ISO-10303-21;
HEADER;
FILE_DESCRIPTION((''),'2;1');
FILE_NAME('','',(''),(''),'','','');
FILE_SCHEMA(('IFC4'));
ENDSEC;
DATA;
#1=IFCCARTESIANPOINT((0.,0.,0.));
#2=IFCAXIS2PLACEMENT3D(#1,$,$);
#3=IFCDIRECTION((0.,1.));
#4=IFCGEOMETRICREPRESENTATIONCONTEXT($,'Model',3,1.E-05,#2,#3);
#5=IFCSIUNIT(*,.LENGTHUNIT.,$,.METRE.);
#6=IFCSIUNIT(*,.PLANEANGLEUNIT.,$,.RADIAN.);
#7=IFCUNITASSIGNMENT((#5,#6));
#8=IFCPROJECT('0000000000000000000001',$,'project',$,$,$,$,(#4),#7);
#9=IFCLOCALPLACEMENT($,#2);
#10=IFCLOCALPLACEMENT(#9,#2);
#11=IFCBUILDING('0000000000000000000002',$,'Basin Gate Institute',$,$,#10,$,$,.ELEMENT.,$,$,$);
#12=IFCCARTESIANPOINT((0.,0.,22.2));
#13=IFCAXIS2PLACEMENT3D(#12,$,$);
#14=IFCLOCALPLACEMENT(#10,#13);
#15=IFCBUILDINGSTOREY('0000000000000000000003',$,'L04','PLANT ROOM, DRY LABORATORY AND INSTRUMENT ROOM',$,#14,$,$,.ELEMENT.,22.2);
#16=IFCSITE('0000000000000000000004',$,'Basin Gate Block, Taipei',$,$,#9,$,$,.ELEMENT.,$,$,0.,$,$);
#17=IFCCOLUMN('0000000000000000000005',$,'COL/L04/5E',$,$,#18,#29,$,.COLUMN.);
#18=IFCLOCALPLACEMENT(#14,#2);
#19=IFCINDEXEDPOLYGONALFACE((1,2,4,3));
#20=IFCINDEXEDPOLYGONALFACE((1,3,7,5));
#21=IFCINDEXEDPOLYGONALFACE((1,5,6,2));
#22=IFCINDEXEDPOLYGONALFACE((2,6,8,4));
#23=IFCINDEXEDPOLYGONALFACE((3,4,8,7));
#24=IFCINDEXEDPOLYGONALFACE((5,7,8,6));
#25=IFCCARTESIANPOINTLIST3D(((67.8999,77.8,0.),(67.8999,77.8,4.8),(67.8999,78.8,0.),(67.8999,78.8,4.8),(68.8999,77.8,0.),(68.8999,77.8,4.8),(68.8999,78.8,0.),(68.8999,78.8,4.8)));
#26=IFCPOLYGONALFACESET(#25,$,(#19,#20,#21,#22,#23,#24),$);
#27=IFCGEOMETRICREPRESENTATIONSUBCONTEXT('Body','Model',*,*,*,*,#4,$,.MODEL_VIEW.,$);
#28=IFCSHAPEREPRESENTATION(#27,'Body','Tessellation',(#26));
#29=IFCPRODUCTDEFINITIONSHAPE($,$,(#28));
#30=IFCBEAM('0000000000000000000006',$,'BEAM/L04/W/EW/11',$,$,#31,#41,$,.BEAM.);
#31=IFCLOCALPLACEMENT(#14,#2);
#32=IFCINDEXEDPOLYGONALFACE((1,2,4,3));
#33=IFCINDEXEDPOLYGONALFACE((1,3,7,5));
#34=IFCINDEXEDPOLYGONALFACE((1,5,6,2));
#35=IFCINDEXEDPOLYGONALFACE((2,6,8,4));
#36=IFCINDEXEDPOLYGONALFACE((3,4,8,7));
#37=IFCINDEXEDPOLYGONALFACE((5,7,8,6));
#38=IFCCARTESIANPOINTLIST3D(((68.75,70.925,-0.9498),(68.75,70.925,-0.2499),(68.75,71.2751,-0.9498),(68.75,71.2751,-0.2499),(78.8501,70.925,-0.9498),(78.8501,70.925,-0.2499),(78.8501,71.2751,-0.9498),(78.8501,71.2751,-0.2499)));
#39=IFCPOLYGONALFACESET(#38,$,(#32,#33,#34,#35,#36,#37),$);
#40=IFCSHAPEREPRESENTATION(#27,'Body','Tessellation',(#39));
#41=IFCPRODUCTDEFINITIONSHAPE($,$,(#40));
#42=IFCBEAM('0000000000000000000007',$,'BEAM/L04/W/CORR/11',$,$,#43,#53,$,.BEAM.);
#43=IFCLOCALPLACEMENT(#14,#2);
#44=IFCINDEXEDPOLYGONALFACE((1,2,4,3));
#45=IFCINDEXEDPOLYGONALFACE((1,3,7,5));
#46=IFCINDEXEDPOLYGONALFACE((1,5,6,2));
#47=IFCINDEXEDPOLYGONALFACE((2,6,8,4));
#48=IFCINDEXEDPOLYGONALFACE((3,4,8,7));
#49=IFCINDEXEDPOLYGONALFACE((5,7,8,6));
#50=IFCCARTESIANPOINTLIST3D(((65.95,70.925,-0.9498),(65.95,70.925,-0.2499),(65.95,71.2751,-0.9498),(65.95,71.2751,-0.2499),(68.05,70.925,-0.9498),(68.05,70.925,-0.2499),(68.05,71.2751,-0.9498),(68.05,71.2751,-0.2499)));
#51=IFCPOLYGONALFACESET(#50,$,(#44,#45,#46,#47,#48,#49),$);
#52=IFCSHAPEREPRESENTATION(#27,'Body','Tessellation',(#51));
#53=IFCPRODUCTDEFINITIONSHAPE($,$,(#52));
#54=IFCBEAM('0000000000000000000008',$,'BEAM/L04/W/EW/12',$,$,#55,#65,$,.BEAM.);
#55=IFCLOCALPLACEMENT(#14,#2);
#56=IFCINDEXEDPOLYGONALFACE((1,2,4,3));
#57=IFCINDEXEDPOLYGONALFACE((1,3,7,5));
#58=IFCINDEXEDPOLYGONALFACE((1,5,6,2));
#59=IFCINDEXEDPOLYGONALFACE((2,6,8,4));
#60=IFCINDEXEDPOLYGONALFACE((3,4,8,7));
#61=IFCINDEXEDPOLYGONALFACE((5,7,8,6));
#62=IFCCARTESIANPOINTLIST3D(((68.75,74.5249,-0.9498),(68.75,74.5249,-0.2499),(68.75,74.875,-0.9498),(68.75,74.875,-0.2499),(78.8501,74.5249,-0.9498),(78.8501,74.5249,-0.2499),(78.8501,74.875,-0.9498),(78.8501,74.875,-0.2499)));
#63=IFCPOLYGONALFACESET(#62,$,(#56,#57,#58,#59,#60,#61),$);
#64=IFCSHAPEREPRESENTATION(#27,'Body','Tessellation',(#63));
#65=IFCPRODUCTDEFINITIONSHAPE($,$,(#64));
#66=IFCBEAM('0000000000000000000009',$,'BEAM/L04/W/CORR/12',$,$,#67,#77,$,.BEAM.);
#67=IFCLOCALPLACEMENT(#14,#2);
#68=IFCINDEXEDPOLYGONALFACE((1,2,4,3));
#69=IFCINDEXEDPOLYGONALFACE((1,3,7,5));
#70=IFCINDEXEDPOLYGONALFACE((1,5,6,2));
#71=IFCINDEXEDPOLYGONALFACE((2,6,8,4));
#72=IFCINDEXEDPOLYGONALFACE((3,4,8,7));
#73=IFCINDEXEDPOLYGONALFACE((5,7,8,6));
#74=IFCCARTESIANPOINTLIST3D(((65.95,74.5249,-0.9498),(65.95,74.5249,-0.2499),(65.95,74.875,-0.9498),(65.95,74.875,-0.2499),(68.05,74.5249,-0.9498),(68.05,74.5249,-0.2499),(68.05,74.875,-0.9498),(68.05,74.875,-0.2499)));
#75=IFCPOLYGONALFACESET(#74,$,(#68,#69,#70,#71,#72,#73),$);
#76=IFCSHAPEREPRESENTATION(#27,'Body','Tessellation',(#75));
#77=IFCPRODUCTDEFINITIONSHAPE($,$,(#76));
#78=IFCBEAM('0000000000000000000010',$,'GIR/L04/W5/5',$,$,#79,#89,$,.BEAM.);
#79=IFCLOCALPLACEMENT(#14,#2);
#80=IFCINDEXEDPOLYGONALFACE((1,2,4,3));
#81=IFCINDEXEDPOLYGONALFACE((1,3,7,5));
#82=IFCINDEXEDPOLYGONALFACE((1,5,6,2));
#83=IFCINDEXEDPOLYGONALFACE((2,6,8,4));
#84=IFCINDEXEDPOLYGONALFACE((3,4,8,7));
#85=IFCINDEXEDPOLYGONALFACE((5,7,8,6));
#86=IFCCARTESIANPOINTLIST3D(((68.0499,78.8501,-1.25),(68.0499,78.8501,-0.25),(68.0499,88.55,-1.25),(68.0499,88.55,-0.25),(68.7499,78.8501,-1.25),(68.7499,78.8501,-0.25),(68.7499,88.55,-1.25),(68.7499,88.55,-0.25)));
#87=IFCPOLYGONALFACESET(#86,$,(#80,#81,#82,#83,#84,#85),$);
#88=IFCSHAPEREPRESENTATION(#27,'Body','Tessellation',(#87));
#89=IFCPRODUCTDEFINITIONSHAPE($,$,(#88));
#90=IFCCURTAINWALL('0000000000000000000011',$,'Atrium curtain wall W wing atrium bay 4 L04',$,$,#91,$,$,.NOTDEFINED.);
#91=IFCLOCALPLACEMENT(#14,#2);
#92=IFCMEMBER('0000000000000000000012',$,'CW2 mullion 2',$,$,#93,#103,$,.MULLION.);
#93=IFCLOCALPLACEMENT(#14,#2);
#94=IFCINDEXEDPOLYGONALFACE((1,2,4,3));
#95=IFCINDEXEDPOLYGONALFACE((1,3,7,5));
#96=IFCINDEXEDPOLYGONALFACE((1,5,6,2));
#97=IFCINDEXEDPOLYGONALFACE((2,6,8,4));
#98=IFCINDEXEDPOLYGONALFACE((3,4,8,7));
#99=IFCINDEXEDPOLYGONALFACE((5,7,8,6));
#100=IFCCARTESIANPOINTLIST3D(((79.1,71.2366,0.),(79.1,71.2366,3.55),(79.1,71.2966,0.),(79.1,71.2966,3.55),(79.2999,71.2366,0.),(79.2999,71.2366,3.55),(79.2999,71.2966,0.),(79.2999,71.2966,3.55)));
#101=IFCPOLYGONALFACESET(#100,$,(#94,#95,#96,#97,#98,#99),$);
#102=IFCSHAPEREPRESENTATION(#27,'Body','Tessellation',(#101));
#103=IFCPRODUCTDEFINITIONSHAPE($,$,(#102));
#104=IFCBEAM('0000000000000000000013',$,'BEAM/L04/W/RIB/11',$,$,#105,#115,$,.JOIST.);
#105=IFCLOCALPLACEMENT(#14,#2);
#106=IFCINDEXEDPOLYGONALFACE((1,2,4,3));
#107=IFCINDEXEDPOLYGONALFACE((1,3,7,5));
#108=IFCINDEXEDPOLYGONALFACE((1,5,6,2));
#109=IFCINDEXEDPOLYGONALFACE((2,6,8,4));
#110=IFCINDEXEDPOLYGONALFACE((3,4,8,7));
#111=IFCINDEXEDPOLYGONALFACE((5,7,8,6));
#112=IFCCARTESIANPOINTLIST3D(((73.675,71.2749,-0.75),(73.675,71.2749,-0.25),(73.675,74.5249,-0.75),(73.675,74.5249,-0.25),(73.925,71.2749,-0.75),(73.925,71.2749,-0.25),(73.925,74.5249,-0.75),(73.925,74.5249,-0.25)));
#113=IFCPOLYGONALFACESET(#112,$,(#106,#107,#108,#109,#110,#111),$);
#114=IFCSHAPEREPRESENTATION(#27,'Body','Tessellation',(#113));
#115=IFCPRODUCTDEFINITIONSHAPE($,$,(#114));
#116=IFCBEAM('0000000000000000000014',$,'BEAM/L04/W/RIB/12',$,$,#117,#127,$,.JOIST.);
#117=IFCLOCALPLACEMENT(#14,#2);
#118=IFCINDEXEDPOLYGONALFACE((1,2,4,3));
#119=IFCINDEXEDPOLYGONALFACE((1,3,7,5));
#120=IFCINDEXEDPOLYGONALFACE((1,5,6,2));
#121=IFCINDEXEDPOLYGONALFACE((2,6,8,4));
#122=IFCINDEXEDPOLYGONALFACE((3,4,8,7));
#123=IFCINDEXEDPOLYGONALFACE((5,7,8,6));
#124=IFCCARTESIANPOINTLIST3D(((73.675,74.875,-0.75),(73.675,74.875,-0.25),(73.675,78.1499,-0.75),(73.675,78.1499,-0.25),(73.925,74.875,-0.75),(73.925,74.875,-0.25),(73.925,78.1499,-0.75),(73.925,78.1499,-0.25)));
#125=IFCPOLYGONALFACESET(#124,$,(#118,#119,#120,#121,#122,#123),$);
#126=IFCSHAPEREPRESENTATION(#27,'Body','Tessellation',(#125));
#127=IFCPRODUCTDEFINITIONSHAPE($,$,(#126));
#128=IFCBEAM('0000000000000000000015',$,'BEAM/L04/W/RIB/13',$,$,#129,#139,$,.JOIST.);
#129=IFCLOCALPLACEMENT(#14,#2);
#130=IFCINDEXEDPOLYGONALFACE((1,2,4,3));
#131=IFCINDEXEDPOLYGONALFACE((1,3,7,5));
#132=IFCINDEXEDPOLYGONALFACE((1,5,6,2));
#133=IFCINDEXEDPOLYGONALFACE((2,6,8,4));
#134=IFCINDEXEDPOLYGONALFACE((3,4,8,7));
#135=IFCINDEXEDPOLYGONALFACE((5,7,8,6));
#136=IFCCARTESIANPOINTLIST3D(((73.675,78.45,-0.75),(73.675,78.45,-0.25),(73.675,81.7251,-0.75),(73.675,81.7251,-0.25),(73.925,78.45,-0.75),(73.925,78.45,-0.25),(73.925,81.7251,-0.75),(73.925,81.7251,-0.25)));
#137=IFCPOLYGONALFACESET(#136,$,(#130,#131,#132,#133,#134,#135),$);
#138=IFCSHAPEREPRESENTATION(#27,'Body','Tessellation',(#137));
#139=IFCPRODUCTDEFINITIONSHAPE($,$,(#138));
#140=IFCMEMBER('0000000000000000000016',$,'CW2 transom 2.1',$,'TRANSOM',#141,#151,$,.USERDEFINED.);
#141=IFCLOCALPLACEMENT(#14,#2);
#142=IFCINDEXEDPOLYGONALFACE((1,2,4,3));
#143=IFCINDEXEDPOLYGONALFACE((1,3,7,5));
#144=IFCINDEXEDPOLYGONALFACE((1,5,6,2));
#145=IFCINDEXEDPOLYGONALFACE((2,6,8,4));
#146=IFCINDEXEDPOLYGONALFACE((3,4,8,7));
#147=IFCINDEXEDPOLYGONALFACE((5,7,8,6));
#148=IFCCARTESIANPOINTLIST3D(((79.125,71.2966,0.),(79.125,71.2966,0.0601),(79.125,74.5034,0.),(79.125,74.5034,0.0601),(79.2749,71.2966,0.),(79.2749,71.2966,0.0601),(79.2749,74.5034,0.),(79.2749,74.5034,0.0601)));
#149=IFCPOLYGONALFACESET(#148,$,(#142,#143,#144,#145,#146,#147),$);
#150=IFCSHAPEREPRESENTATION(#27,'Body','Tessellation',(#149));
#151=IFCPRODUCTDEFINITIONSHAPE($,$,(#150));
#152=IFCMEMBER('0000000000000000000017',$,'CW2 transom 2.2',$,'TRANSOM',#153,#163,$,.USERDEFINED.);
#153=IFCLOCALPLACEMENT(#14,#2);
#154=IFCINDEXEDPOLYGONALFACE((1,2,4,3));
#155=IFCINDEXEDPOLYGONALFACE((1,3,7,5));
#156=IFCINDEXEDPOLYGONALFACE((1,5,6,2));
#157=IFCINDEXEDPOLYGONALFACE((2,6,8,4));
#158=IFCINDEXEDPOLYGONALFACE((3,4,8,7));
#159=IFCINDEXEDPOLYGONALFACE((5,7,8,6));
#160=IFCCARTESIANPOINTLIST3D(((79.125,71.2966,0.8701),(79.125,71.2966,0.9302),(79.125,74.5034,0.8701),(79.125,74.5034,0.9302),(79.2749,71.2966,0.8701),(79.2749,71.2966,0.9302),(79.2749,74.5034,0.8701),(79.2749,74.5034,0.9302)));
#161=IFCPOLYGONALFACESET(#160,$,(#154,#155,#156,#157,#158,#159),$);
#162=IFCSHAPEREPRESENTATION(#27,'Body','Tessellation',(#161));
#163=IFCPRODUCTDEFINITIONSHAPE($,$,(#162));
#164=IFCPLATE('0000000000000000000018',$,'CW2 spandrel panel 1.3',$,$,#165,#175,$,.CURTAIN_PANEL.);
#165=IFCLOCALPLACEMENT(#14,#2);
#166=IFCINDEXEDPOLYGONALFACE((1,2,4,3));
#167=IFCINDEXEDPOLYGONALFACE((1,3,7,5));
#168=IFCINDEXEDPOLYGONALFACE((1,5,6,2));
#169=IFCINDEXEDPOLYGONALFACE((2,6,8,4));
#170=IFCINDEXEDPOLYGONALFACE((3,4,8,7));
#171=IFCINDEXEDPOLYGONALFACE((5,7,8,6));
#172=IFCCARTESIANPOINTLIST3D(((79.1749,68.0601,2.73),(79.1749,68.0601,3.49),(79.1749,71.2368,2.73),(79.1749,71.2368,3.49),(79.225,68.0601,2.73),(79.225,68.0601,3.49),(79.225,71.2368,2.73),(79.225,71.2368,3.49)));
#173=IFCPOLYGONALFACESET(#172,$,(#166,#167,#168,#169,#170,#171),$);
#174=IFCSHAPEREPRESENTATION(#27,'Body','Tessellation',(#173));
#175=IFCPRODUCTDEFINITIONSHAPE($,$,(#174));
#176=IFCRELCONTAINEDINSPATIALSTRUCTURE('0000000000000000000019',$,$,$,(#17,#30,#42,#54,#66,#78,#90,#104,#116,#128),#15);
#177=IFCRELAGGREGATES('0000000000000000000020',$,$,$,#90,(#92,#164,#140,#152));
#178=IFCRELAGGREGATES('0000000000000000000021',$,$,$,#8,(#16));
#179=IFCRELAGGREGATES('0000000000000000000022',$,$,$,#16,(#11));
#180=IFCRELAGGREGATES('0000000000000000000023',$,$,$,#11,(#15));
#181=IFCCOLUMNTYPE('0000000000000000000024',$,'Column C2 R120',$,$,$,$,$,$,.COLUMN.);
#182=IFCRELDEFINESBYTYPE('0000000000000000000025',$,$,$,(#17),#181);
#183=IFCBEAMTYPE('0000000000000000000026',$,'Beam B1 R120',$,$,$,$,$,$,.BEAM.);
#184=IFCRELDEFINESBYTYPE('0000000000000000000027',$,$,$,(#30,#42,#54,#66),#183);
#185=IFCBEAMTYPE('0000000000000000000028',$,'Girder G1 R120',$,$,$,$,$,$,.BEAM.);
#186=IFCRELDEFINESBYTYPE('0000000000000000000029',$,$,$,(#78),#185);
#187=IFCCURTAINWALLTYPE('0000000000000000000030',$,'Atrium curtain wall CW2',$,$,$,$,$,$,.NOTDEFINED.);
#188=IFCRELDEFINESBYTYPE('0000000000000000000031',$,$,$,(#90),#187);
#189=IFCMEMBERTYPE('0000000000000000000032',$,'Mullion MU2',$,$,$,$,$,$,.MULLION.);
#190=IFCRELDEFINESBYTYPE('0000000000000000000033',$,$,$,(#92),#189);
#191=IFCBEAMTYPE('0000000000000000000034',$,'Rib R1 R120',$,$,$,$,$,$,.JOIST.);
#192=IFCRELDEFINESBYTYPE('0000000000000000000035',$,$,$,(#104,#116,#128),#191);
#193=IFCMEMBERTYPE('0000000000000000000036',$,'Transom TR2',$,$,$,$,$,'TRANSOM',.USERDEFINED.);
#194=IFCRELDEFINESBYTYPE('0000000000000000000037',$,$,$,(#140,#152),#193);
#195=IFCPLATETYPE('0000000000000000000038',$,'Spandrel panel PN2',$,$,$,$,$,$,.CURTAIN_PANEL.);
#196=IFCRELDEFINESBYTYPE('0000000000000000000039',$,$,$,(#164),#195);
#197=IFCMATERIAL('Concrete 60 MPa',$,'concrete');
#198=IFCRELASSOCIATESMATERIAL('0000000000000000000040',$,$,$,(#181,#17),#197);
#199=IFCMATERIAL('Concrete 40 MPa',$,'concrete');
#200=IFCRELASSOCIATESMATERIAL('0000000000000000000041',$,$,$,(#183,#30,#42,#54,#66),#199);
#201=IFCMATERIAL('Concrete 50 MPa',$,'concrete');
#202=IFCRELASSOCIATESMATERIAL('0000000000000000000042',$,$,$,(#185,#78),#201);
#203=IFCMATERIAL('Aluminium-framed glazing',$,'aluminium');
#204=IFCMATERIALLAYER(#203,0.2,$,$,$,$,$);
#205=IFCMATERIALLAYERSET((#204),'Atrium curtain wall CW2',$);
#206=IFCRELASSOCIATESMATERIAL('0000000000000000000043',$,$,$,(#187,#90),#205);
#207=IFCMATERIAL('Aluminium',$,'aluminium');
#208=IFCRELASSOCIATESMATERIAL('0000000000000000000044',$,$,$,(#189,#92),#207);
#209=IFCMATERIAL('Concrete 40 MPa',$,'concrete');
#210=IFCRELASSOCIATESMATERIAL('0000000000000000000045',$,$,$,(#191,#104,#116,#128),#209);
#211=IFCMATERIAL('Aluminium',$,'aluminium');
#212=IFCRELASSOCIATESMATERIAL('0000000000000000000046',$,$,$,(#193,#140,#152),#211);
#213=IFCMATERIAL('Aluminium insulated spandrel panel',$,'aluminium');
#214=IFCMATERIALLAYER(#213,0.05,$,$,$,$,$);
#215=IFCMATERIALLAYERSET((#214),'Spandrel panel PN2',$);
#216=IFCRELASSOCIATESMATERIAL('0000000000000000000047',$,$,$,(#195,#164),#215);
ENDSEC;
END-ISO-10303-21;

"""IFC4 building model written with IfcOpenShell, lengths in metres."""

from ifc_helpers import new_model, si_unit, direction, frame, origin, origin_2d, place, context, subcontext, project, spatial, rectangle, extrude, material, layer, layer_set, material_profile, profile_set, type_object, element, aggregate, save


model = new_model("IFC4")

# Units and contexts
model_context = context("Model", 3, precision=1e-05, world=origin(), true_north=direction((0.0, 1.0)))
body_context = subcontext(model_context, "Body", "Model", "MODEL_VIEW")
ifc_project = project(units=[si_unit("LENGTHUNIT", "METRE"), si_unit("PLANEANGLEUNIT", "RADIAN")], contexts=[model_context])

# Site, building, storey
site_placement = place(None, origin())
site = spatial("IfcSite", under=ifc_project, at=site_placement, Name="Basin Gate Block, Taipei", CompositionType="ELEMENT", RefElevation=0.0)
building_placement = place(site_placement, origin())
building = spatial("IfcBuilding", under=site, at=building_placement, Name="Basin Gate Institute", CompositionType="ELEMENT")
storey_placement = place(building_placement, frame((0.0, 0.0, 22.2)))
storey = spatial("IfcBuildingStorey", under=building, at=storey_placement, Name="L04", Description="PLANT ROOM, DRY LABORATORY AND INSTRUMENT ROOM", CompositionType="ELEMENT", Elevation=22.2)

# Column
ifc_material_1 = material(Name="Concrete 60 MPa", Category="concrete")
ifc_material_profile_1 = material_profile(ifc_material_1, rectangle(XDim=1.0, YDim=1.0, at=origin_2d()), Name="Column C2 1000 x 1000")
ifc_profile_set_1 = profile_set([ifc_material_profile_1], Name="Concrete 60 MPa")
column_type = type_object("IfcColumnType", Name="Column C2 R120", PredefinedType="COLUMN", material=ifc_profile_set_1)
column_placement = place(storey_placement, frame((68.3999, 78.3, 0.0), z_axis=(0.0, 0.0, 1.0), x_axis=(1.0, 0.0, 0.0)))
element("IfcColumn", 1, at=column_placement, inside=storey, type_object=column_type, material=ifc_profile_set_1, Name="COL/L04/5E", PredefinedType="COLUMN", context=body_context, shape_type="SweptSolid", body=[
    extrude(rectangle(XDim=1.0, YDim=1.0, at=origin_2d()), origin(), (0.0, 0.0, 1.0), 4.8),
])

# Beams
ifc_material_2 = material(Name="Concrete 40 MPa", Category="concrete")
ifc_material_profile_2 = material_profile(ifc_material_2, rectangle(XDim=0.3501, YDim=0.7, at=origin_2d()), Name="Beam B1 350 x 700")
ifc_profile_set_2 = profile_set([ifc_material_profile_2], Name="Concrete 40 MPa")
beam_type_1 = type_object("IfcBeamType", Name="Beam B1 R120", PredefinedType="BEAM", material=ifc_profile_set_2)
beam_1_placement = place(storey_placement, frame((68.75, 71.1001, -0.5999), z_axis=(1.0, 0.0, 0.0), x_axis=(0.0, 1.0, 0.0)))
element("IfcBeam", 2, at=beam_1_placement, inside=storey, type_object=beam_type_1, material=ifc_profile_set_2, Name="BEAM/L04/W/EW/11", PredefinedType="BEAM", context=body_context, shape_type="SweptSolid", body=[
    extrude(rectangle(XDim=0.3501, YDim=0.7, at=origin_2d()), origin(), (0.0, 0.0, 1.0), 10.1001),
])
beam_2_placement = place(storey_placement, frame((65.95, 71.1001, -0.5999), z_axis=(1.0, 0.0, 0.0), x_axis=(0.0, 1.0, 0.0)))
element("IfcBeam", 3, at=beam_2_placement, inside=storey, type_object=beam_type_1, material=ifc_profile_set_2, Name="BEAM/L04/W/CORR/11", PredefinedType="BEAM", context=body_context, shape_type="SweptSolid", body=[
    extrude(rectangle(XDim=0.3501, YDim=0.7, at=origin_2d()), origin(), (0.0, 0.0, 1.0), 2.1001),
])
beam_3_placement = place(storey_placement, frame((68.75, 74.7, -0.5999), z_axis=(1.0, 0.0, 0.0), x_axis=(0.0, 1.0, 0.0)))
element("IfcBeam", 4, at=beam_3_placement, inside=storey, type_object=beam_type_1, material=ifc_profile_set_2, Name="BEAM/L04/W/EW/12", PredefinedType="BEAM", context=body_context, shape_type="SweptSolid", body=[
    extrude(rectangle(XDim=0.3501, YDim=0.7, at=origin_2d()), origin(), (0.0, 0.0, 1.0), 10.1001),
])
beam_4_placement = place(storey_placement, frame((65.95, 74.7, -0.5999), z_axis=(1.0, 0.0, 0.0), x_axis=(0.0, 1.0, 0.0)))
element("IfcBeam", 5, at=beam_4_placement, inside=storey, type_object=beam_type_1, material=ifc_profile_set_2, Name="BEAM/L04/W/CORR/12", PredefinedType="BEAM", context=body_context, shape_type="SweptSolid", body=[
    extrude(rectangle(XDim=0.3501, YDim=0.7, at=origin_2d()), origin(), (0.0, 0.0, 1.0), 2.1001),
])
ifc_material_3 = material(Name="Concrete 50 MPa", Category="concrete")
ifc_material_profile_3 = material_profile(ifc_material_3, rectangle(XDim=0.7, YDim=1.0, at=origin_2d()), Name="Girder G1 700 x 1000")
ifc_profile_set_3 = profile_set([ifc_material_profile_3], Name="Concrete 50 MPa")
beam_type_2 = type_object("IfcBeamType", Name="Girder G1 R120", PredefinedType="BEAM", material=ifc_profile_set_3)
beam_5_placement = place(storey_placement, frame((68.3999, 78.8501, -0.75), z_axis=(0.0, 1.0, 0.0), x_axis=(-1.0, 0.0, 0.0)))
element("IfcBeam", 6, at=beam_5_placement, inside=storey, type_object=beam_type_2, material=ifc_profile_set_3, Name="GIR/L04/W5/5", PredefinedType="BEAM", context=body_context, shape_type="SweptSolid", body=[
    extrude(rectangle(XDim=0.7, YDim=1.0, at=origin_2d()), origin(), (0.0, 0.0, 1.0), 9.7),
])

# Curtain wall, member
ifc_material_4 = material(Name="Aluminium-framed glazing", Category="aluminium")
ifc_layer_1 = layer(ifc_material_4, 0.2)
ifc_layer_set_1 = layer_set([ifc_layer_1], Name="Atrium curtain wall CW2")
curtain_wall_type = type_object("IfcCurtainWallType", Name="Atrium curtain wall CW2", PredefinedType="NOTDEFINED", material=ifc_layer_set_1)
curtain_wall_placement = place(storey_placement, origin())
curtain_wall = element("IfcCurtainWall", 7, at=curtain_wall_placement, inside=storey, type_object=curtain_wall_type, material=ifc_layer_set_1, Name="Atrium curtain wall W wing atrium bay 4 L04", PredefinedType="NOTDEFINED")
ifc_material_5 = material(Name="Aluminium", Category="aluminium")
ifc_material_profile_4 = material_profile(ifc_material_5, rectangle(XDim=0.2, YDim=0.0601, at=origin_2d()), Name="Mullion MU2 200 x 60")
ifc_profile_set_4 = profile_set([ifc_material_profile_4], Name="Aluminium")
member_type_1 = type_object("IfcMemberType", Name="Mullion MU2", PredefinedType="MULLION", material=ifc_profile_set_4)
member_1_placement = place(storey_placement, frame((79.2, 71.2666, 0.0), z_axis=(0.0, 0.0, 1.0), x_axis=(-1.0, 0.0, 0.0)))
member_1 = element("IfcMember", 8, at=member_1_placement, type_object=member_type_1, material=ifc_profile_set_4, Name="CW2 mullion 2", PredefinedType="MULLION", context=body_context, shape_type="SweptSolid", body=[
    extrude(rectangle(XDim=0.2, YDim=0.0601, at=origin_2d()), origin(), (0.0, 0.0, 1.0), 3.55),
])

# Beams
ifc_material_6 = material(Name="Concrete 40 MPa", Category="concrete")
ifc_material_profile_5 = material_profile(ifc_material_6, rectangle(XDim=0.25, YDim=0.5, at=origin_2d()), Name="Rib R1 250 x 500")
ifc_profile_set_5 = profile_set([ifc_material_profile_5], Name="Concrete 40 MPa")
beam_type_3 = type_object("IfcBeamType", Name="Rib R1 R120", PredefinedType="JOIST", material=ifc_profile_set_5)
beam_6_placement = place(storey_placement, frame((73.8, 71.2749, -0.5), z_axis=(0.0, 1.0, 0.0), x_axis=(-1.0, 0.0, 0.0)))
element("IfcBeam", 9, at=beam_6_placement, inside=storey, type_object=beam_type_3, material=ifc_profile_set_5, Name="BEAM/L04/W/RIB/11", PredefinedType="JOIST", context=body_context, shape_type="SweptSolid", body=[
    extrude(rectangle(XDim=0.25, YDim=0.5, at=origin_2d()), origin(), (0.0, 0.0, 1.0), 3.25),
])
beam_7_placement = place(storey_placement, frame((73.8, 74.875, -0.5), z_axis=(0.0, 1.0, 0.0), x_axis=(-1.0, 0.0, 0.0)))
element("IfcBeam", 10, at=beam_7_placement, inside=storey, type_object=beam_type_3, material=ifc_profile_set_5, Name="BEAM/L04/W/RIB/12", PredefinedType="JOIST", context=body_context, shape_type="SweptSolid", body=[
    extrude(rectangle(XDim=0.25, YDim=0.5, at=origin_2d()), origin(), (0.0, 0.0, 1.0), 3.2749),
])
beam_8_placement = place(storey_placement, frame((73.8, 78.45, -0.5), z_axis=(0.0, 1.0, 0.0), x_axis=(-1.0, 0.0, 0.0)))
element("IfcBeam", 11, at=beam_8_placement, inside=storey, type_object=beam_type_3, material=ifc_profile_set_5, Name="BEAM/L04/W/RIB/13", PredefinedType="JOIST", context=body_context, shape_type="SweptSolid", body=[
    extrude(rectangle(XDim=0.25, YDim=0.5, at=origin_2d()), origin(), (0.0, 0.0, 1.0), 3.2751),
])

# Members
ifc_material_7 = material(Name="Aluminium", Category="aluminium")
ifc_material_profile_6 = material_profile(ifc_material_7, rectangle(XDim=0.1499, YDim=0.0601, at=origin_2d()), Name="Transom TR2 150 x 60")
ifc_profile_set_6 = profile_set([ifc_material_profile_6], Name="Aluminium")
member_type_2 = type_object("IfcMemberType", Name="Transom TR2", ElementType="TRANSOM", PredefinedType="USERDEFINED", material=ifc_profile_set_6)
member_2_placement = place(storey_placement, frame((79.2, 71.2966, 0.03), z_axis=(0.0, 1.0, 0.0), x_axis=(-1.0, 0.0, 0.0)))
member_2 = element("IfcMember", 12, at=member_2_placement, type_object=member_type_2, material=ifc_profile_set_6, Name="CW2 transom 2.1", ObjectType="TRANSOM", PredefinedType="USERDEFINED", context=body_context, shape_type="SweptSolid", body=[
    extrude(rectangle(XDim=0.1499, YDim=0.0601, at=origin_2d()), origin(), (0.0, 0.0, 1.0), 3.2068),
])
member_3_placement = place(storey_placement, frame((79.2, 71.2966, 0.9001), z_axis=(0.0, 1.0, 0.0), x_axis=(-1.0, 0.0, 0.0)))
member_3 = element("IfcMember", 13, at=member_3_placement, type_object=member_type_2, material=ifc_profile_set_6, Name="CW2 transom 2.2", ObjectType="TRANSOM", PredefinedType="USERDEFINED", context=body_context, shape_type="SweptSolid", body=[
    extrude(rectangle(XDim=0.1499, YDim=0.0601, at=origin_2d()), origin(), (0.0, 0.0, 1.0), 3.2068),
])

# Plate
ifc_material_8 = material(Name="Aluminium insulated spandrel panel", Category="aluminium")
ifc_layer_2 = layer(ifc_material_8, 0.05)
ifc_layer_set_2 = layer_set([ifc_layer_2], Name="Spandrel panel PN2")
plate_type = type_object("IfcPlateType", Name="Spandrel panel PN2", PredefinedType="CURTAIN_PANEL", material=ifc_layer_set_2)
plate_placement = place(storey_placement, frame((79.2, 69.6484, 2.73), z_axis=(0.0, 0.0, 1.0), x_axis=(0.0, 1.0, 0.0)))
plate = element("IfcPlate", 14, at=plate_placement, type_object=plate_type, material=ifc_layer_set_2, Name="CW2 spandrel panel 1.3", PredefinedType="CURTAIN_PANEL", context=body_context, shape_type="SweptSolid", body=[
    extrude(rectangle(XDim=3.1768, YDim=0.05, at=origin_2d()), origin(), (0.0, 0.0, 1.0), 0.76),
])
aggregate(curtain_wall, [member_1, plate, member_2, member_3])

save(model, "model.ifc")
